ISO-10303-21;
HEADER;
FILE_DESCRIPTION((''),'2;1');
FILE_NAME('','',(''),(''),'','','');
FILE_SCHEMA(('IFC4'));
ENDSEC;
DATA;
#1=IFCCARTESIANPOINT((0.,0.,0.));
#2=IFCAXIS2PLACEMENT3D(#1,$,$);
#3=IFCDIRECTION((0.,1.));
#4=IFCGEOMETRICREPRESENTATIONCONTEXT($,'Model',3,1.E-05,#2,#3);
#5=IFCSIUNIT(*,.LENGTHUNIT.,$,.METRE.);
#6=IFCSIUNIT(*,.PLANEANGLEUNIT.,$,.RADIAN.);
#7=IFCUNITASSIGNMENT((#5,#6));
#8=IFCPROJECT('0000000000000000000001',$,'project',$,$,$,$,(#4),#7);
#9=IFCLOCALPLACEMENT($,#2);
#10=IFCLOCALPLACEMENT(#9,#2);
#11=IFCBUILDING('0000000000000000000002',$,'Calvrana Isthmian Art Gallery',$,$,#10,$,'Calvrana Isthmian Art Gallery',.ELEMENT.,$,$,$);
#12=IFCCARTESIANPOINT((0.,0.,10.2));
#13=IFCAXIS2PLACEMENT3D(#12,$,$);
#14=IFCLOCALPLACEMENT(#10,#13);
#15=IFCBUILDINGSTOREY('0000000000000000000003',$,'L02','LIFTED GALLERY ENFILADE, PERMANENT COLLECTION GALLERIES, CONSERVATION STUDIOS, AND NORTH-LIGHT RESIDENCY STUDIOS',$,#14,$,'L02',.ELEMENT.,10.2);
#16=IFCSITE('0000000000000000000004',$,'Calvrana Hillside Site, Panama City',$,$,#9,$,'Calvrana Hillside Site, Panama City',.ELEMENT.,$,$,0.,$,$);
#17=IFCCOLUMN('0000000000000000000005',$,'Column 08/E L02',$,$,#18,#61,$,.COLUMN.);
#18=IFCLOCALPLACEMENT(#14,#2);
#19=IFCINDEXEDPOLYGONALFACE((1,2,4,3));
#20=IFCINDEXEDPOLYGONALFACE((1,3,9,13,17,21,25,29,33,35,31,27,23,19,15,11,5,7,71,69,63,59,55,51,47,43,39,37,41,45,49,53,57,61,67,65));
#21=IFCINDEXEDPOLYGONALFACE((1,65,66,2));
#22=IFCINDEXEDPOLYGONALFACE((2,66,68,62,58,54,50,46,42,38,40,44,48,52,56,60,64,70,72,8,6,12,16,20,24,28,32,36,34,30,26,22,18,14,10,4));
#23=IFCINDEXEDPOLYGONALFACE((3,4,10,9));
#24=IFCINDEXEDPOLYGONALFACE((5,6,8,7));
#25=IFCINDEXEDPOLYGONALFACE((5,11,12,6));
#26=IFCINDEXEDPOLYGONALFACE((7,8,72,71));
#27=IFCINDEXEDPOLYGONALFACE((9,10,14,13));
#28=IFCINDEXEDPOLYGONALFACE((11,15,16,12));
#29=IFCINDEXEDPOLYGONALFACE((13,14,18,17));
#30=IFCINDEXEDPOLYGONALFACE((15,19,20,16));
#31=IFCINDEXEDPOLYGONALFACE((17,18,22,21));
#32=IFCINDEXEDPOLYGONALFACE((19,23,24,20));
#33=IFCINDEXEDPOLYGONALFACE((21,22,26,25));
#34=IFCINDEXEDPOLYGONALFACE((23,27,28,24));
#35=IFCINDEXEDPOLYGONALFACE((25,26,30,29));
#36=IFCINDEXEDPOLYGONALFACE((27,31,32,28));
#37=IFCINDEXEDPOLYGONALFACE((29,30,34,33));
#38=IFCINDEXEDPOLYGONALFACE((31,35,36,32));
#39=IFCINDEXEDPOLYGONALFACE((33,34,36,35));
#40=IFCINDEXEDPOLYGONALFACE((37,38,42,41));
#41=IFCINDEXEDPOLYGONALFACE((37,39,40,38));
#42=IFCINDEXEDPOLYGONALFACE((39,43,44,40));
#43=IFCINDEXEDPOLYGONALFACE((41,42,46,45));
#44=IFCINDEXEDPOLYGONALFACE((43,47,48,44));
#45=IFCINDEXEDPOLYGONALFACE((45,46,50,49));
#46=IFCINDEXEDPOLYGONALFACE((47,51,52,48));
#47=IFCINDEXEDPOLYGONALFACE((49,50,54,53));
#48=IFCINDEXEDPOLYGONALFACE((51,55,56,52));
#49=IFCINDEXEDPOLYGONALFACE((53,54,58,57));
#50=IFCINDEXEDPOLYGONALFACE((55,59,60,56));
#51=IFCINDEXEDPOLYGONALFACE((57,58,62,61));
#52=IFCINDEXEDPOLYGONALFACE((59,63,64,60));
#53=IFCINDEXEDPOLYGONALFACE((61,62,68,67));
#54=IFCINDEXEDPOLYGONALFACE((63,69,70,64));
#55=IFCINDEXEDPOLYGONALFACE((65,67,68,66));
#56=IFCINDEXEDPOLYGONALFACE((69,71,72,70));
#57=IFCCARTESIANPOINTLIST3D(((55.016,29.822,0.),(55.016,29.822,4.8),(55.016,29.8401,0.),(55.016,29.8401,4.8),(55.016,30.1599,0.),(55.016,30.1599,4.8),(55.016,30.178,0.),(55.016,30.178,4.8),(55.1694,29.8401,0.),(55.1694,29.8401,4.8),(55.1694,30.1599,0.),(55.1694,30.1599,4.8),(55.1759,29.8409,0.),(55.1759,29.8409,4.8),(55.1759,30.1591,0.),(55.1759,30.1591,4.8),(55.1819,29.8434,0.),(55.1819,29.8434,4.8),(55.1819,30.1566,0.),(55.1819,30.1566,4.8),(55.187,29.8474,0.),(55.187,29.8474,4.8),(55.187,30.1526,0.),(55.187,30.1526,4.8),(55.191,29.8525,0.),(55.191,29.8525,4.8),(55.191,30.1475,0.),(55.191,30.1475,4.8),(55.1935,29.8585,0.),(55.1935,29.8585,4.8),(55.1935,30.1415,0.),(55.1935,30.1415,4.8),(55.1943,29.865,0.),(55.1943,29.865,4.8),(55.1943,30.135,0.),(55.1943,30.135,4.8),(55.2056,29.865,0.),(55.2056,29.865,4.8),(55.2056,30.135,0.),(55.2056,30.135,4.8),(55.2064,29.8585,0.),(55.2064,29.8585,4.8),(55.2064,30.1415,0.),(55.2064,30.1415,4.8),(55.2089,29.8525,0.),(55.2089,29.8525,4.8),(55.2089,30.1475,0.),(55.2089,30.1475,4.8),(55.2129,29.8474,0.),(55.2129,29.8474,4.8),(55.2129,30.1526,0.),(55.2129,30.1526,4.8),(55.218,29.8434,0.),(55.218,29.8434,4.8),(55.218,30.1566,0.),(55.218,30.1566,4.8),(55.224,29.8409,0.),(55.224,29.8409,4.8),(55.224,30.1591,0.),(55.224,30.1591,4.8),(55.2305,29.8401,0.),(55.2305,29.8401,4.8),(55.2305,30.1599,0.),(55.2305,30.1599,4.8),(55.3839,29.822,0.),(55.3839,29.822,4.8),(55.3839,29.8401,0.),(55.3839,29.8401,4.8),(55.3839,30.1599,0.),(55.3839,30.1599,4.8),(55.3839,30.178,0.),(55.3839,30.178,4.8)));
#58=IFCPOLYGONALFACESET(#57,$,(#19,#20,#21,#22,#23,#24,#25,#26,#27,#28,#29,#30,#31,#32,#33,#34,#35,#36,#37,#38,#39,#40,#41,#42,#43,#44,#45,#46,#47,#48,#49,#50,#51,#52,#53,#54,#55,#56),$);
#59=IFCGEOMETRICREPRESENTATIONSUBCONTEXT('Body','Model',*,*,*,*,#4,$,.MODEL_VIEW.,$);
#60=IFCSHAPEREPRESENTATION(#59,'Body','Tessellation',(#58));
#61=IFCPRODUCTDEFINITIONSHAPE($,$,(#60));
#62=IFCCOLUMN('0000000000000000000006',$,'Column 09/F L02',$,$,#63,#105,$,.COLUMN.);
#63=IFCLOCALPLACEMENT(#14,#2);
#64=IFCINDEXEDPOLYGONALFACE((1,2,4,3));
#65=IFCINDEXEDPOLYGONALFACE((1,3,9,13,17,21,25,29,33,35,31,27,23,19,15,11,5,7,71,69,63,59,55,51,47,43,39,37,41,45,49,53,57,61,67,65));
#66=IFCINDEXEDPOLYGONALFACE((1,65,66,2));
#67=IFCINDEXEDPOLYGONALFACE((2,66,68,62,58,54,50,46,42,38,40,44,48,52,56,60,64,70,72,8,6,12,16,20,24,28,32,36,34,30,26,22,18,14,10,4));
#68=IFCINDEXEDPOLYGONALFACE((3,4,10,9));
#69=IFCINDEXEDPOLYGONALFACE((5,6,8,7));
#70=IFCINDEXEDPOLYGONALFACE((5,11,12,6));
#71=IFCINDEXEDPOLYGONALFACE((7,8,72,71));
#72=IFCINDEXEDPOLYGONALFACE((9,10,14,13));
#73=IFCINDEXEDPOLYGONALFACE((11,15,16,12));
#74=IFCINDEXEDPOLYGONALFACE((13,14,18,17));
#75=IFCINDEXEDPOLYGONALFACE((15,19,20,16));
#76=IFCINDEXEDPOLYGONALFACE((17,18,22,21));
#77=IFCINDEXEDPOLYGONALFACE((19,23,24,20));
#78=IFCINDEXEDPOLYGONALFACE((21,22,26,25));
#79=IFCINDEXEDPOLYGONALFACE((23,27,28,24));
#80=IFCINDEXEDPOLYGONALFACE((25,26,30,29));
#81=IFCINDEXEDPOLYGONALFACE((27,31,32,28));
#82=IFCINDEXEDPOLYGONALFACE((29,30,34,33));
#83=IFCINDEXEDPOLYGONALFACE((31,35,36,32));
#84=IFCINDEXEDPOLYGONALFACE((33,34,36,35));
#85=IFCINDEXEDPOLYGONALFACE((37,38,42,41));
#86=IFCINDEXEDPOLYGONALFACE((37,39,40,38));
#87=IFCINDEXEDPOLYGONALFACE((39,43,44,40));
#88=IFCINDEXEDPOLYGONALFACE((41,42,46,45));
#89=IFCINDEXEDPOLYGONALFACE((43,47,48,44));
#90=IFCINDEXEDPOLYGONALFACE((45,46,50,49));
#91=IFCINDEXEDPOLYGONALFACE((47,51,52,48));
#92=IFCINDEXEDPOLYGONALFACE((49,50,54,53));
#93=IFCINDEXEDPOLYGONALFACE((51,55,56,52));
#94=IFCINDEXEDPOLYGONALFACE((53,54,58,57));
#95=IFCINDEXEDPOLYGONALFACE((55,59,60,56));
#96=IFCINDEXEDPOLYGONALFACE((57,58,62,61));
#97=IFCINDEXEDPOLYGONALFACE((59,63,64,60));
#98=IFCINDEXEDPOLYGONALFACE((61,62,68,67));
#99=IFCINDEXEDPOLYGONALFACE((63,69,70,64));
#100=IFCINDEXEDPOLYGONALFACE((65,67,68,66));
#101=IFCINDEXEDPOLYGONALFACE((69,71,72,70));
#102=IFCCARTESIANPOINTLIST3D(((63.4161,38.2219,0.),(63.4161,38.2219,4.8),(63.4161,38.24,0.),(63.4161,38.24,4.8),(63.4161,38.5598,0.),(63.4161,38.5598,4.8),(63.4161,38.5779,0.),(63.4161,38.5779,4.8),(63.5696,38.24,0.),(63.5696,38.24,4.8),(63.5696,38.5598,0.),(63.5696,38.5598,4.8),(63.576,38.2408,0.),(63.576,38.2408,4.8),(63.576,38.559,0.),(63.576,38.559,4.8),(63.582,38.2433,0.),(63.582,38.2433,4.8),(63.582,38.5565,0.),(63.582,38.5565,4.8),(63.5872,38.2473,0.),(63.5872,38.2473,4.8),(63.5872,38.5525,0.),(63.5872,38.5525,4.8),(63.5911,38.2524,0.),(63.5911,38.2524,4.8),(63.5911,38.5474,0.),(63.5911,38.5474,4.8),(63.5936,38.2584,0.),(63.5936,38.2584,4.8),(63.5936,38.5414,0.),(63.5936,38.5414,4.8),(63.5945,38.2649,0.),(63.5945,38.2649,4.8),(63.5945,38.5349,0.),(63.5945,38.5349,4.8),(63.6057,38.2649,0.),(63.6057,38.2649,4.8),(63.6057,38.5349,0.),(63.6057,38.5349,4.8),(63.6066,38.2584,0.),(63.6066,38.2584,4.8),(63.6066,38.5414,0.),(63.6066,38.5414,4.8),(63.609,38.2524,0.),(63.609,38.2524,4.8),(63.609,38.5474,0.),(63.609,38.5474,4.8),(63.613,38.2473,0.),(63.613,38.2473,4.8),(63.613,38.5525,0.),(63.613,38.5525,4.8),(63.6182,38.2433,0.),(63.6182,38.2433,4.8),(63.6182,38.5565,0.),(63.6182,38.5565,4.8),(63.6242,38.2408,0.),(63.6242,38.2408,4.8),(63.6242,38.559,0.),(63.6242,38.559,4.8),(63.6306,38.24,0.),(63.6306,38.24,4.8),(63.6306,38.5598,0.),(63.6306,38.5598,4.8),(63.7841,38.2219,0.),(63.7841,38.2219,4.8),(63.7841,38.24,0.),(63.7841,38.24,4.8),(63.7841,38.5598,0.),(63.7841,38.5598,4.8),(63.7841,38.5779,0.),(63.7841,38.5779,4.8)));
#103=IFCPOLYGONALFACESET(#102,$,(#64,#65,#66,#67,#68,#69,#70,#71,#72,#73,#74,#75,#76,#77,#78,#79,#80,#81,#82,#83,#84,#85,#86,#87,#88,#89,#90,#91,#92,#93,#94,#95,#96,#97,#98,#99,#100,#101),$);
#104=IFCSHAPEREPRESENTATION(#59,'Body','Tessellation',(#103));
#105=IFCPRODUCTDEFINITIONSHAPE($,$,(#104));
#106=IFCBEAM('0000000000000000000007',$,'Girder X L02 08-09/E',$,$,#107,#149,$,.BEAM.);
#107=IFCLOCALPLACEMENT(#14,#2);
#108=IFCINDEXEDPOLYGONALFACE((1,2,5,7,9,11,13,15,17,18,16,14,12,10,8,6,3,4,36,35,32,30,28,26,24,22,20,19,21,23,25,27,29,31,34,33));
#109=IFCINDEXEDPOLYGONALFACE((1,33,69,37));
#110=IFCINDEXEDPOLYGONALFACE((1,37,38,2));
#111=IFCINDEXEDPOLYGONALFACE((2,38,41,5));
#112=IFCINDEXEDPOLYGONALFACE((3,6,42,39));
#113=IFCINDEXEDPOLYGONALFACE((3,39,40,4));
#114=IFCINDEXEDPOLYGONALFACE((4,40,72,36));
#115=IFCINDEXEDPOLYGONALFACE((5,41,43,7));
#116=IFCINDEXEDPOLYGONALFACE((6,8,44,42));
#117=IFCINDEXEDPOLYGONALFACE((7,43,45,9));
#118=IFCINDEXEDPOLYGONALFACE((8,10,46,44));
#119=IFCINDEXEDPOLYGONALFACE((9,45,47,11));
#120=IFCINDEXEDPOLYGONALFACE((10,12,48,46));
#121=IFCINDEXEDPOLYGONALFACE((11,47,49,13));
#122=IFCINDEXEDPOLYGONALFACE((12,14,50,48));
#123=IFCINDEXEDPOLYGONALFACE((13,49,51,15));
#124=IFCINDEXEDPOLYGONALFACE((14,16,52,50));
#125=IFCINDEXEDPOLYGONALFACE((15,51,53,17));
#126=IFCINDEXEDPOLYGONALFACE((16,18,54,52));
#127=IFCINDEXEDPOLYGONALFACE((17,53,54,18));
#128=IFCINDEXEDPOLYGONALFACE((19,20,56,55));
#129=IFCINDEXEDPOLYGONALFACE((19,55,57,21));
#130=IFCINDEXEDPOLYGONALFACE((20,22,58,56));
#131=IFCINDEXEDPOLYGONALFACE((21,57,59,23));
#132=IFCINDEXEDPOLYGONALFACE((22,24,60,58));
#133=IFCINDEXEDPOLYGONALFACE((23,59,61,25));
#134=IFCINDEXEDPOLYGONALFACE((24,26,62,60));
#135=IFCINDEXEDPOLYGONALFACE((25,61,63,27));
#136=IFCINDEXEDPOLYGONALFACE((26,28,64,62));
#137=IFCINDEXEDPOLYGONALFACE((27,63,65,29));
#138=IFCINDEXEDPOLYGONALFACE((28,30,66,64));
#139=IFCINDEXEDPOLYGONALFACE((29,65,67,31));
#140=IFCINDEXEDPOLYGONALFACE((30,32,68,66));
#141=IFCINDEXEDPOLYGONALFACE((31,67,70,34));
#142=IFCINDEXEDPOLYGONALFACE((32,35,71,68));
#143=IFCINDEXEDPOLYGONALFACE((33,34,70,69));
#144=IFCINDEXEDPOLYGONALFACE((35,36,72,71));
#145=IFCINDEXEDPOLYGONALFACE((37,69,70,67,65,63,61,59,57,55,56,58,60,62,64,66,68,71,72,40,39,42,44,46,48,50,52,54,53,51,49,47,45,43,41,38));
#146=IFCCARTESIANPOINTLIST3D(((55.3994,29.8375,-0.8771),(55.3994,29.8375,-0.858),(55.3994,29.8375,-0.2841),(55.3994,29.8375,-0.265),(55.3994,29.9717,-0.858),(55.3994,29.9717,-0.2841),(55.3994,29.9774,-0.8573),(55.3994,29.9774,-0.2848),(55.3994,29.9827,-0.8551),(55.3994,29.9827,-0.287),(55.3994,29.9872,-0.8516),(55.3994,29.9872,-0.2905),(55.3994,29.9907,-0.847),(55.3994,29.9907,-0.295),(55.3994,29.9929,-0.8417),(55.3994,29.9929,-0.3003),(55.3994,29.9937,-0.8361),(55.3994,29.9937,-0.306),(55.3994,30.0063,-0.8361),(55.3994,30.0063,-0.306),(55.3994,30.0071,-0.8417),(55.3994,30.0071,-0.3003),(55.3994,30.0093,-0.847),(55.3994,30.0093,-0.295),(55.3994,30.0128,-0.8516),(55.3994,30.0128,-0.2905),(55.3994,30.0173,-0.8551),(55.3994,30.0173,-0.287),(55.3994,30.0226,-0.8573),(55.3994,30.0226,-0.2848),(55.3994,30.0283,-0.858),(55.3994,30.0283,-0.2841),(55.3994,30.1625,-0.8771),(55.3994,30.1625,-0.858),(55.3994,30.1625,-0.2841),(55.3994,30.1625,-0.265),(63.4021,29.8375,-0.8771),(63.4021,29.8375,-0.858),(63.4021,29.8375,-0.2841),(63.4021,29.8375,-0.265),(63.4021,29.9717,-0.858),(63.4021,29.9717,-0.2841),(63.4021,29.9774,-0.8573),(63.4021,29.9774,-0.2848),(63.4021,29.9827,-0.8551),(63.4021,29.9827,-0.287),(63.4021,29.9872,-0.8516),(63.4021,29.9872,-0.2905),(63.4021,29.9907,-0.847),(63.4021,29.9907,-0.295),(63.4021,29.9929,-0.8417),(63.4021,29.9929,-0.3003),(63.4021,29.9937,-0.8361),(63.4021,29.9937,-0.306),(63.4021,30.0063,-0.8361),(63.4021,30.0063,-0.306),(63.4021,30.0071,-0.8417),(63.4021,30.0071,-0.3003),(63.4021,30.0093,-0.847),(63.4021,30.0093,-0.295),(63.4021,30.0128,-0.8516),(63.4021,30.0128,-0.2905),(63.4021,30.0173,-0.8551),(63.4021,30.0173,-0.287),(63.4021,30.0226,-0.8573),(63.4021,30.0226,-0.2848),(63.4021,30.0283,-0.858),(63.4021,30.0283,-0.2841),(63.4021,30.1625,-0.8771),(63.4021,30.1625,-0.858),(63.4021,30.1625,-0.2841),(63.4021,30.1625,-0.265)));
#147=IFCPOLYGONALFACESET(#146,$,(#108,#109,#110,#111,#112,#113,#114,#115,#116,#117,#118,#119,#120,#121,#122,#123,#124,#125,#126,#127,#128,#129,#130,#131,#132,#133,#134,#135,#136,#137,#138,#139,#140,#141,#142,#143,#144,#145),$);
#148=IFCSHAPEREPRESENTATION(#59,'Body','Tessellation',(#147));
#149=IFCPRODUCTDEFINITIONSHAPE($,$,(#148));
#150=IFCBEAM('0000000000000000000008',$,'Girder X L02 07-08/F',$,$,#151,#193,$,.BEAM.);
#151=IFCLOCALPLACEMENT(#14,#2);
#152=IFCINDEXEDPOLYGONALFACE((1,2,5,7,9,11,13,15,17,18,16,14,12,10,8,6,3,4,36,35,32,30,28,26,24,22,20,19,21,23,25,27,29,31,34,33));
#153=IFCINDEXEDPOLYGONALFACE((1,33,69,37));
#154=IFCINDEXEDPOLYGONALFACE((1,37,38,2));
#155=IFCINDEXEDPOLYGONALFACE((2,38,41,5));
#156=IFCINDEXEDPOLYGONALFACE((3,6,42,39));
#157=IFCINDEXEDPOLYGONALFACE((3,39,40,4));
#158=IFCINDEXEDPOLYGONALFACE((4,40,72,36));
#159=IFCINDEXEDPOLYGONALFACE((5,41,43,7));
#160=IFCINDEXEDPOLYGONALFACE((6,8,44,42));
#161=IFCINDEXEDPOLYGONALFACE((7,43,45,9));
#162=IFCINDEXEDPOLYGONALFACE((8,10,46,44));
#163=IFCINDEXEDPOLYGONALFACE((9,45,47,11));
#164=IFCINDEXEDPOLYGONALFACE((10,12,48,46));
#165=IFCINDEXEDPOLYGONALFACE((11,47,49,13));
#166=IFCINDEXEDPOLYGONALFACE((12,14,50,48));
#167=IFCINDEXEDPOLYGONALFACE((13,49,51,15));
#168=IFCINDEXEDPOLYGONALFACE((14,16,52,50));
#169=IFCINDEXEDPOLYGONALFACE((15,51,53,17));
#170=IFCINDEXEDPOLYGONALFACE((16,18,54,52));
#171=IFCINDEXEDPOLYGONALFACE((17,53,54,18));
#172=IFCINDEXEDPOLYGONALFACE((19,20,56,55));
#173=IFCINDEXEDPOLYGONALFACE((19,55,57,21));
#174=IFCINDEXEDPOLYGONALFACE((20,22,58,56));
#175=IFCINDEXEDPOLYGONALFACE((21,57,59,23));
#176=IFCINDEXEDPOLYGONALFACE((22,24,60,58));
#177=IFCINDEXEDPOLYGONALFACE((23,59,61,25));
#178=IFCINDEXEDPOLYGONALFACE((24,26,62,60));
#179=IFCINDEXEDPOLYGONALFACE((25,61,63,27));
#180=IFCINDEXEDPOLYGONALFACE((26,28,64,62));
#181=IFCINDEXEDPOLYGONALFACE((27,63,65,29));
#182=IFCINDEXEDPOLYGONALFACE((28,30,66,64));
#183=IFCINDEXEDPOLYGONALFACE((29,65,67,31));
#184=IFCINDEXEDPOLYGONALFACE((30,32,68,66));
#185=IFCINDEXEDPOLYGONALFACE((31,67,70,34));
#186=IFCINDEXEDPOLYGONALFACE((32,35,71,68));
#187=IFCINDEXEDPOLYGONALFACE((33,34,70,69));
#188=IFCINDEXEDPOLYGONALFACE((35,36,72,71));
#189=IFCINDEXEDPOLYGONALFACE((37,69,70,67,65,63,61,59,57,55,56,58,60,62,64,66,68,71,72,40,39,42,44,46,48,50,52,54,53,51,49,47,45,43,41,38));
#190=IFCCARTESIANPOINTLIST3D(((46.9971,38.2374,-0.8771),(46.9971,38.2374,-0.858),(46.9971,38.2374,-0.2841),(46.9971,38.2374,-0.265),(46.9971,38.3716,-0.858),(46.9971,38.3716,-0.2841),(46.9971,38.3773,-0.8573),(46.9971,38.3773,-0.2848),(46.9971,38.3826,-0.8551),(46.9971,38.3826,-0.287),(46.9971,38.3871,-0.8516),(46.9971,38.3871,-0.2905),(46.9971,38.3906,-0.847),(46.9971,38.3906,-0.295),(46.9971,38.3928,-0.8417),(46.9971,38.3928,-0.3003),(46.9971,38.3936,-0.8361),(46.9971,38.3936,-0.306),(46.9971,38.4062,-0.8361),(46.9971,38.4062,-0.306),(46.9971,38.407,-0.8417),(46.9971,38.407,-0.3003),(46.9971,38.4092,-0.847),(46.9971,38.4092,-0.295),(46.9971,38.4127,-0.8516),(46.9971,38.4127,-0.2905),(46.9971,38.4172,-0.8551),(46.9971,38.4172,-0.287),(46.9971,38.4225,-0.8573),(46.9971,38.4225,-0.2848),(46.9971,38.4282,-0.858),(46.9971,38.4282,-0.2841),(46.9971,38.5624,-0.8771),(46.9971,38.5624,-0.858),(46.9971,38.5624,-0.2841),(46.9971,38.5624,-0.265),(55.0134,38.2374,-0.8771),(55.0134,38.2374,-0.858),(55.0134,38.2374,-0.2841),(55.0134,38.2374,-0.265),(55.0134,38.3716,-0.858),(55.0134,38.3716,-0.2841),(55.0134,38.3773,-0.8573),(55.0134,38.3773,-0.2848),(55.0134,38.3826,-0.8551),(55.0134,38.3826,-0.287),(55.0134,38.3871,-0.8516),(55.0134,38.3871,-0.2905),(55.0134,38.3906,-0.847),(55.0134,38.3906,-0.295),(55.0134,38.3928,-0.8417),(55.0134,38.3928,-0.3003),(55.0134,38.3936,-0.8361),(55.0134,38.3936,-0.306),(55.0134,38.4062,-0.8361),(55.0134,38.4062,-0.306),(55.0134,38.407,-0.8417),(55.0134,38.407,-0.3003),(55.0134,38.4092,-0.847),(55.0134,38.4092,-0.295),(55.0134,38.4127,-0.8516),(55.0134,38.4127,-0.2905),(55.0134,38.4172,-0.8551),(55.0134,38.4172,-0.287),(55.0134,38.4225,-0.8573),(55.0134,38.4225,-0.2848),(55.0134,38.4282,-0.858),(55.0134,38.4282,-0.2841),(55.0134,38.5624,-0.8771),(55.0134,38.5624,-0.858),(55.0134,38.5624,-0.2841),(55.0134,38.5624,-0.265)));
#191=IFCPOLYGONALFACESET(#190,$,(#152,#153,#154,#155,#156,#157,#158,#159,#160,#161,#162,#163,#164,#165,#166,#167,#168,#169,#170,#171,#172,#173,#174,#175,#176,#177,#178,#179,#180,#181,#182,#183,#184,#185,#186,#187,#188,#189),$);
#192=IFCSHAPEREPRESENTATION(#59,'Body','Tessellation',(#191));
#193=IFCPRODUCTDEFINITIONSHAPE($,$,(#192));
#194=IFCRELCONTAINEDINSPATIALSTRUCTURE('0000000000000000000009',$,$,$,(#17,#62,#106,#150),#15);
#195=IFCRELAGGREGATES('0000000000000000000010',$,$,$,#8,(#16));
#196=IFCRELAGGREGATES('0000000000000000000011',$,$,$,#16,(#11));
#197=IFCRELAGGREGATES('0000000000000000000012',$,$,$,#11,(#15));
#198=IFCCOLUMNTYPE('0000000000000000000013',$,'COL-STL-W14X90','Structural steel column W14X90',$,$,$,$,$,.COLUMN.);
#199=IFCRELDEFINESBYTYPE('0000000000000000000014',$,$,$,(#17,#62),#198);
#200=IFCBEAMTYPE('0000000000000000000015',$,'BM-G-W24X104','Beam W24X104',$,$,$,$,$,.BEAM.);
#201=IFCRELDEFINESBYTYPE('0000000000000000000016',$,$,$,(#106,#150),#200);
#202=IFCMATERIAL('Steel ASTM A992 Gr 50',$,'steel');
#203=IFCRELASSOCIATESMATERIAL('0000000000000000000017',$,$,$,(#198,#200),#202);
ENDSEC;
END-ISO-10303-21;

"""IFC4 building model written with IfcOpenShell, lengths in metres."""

from ifc_helpers import new_model, si_unit, direction, frame, origin, origin_2d, place, context, subcontext, project, spatial, i_section, extrude, material, material_profile, profile_set, type_object, element, save


model = new_model("IFC4")

# Units and contexts
model_context = context("Model", 3, precision=1e-05, world=origin(), true_north=direction((0.0, 1.0)))
body_context = subcontext(model_context, "Body", "Model", "MODEL_VIEW")
ifc_project = project(units=[si_unit("LENGTHUNIT", "METRE"), si_unit("PLANEANGLEUNIT", "RADIAN")], contexts=[model_context])

# Site, building, storey
site_placement = place(None, origin())
site = spatial("IfcSite", under=ifc_project, at=site_placement, Name="Calvrana Hillside Site, Panama City", LongName="Calvrana Hillside Site, Panama City", CompositionType="ELEMENT", RefElevation=0.0)
building_placement = place(site_placement, origin())
building = spatial("IfcBuilding", under=site, at=building_placement, Name="Calvrana Isthmian Art Gallery", LongName="Calvrana Isthmian Art Gallery", CompositionType="ELEMENT")
storey_placement = place(building_placement, frame((0.0, 0.0, 10.2)))
storey = spatial("IfcBuildingStorey", under=building, at=storey_placement, Name="L02", Description="LIFTED GALLERY ENFILADE, PERMANENT COLLECTION GALLERIES, CONSERVATION STUDIOS, AND NORTH-LIGHT RESIDENCY STUDIOS", LongName="L02", CompositionType="ELEMENT", Elevation=10.2)

# Columns
ifc_material_1 = material(Name="Steel ASTM A992 Gr 50", Category="steel")
ifc_material_profile_1 = material_profile(ifc_material_1, i_section(OverallWidth=0.3679, OverallDepth=0.356, WebThickness=0.0112, FlangeThickness=0.0181, FilletRadius=0.0249, at=origin_2d()), Name="W14X90")
ifc_profile_set_1 = profile_set([ifc_material_profile_1], Name="Steel ASTM A992 Gr 50")
column_type_1 = type_object("IfcColumnType", Name="COL-STL-W14X90", Description="Structural steel column W14X90", PredefinedType="COLUMN", material=ifc_profile_set_1)
for number, where, z_axis, x_axis, name in (
    (1, (55.2, 30.0, 0.0), (0.0, 0.0, 1.0), (1.0, 0.0, 0.0), "Column 08/E L02"),
    (2, (63.6001, 38.3999, 0.0), (0.0, 0.0, 1.0), (1.0, 0.0, 0.0), "Column 09/F L02"),
):
    element("IfcColumn", number, at=place(storey_placement, frame(where, z_axis=z_axis, x_axis=x_axis)), inside=storey, type_object=column_type_1, Name=name, PredefinedType="COLUMN", context=body_context, shape_type="SweptSolid", body=[
        extrude(i_section(OverallWidth=0.3679, OverallDepth=0.356, WebThickness=0.0112, FlangeThickness=0.0181, FilletRadius=0.0249, at=origin_2d()), origin(), (0.0, 0.0, 1.0), 4.8),
    ])

# Beams
ifc_material_profile_2 = material_profile(ifc_material_1, i_section(OverallWidth=0.325, OverallDepth=0.6121, WebThickness=0.0127, FlangeThickness=0.019, FilletRadius=0.022, at=origin_2d()), Name="W24X104")
ifc_profile_set_2 = profile_set([ifc_material_profile_2], Name="Steel ASTM A992 Gr 50")
beam_type_1 = type_object("IfcBeamType", Name="BM-G-W24X104", Description="Beam W24X104", PredefinedType="BEAM", material=ifc_profile_set_2)
beam_1_placement = place(storey_placement, frame((55.3994, 30.0, -0.571), z_axis=(1.0, 0.0, 0.0), x_axis=(0.0, 1.0, 0.0)))
element("IfcBeam", 3, at=beam_1_placement, inside=storey, type_object=beam_type_1, Name="Girder X L02 08-09/E", PredefinedType="BEAM", context=body_context, shape_type="SweptSolid", body=[
    extrude(i_section(OverallWidth=0.325, OverallDepth=0.6121, WebThickness=0.0127, FlangeThickness=0.019, FilletRadius=0.022, at=origin_2d()), origin(), (0.0, 0.0, 1.0), 8.0027),
])
beam_2_placement = place(storey_placement, frame((46.9971, 38.3999, -0.571), z_axis=(1.0, 0.0, 0.0), x_axis=(0.0, 1.0, 0.0)))
element("IfcBeam", 4, at=beam_2_placement, inside=storey, type_object=beam_type_1, Name="Girder X L02 07-08/F", PredefinedType="BEAM", context=body_context, shape_type="SweptSolid", body=[
    extrude(i_section(OverallWidth=0.325, OverallDepth=0.6121, WebThickness=0.0127, FlangeThickness=0.019, FilletRadius=0.022, at=origin_2d()), origin(), (0.0, 0.0, 1.0), 8.0164),
])

save(model, "model.ifc")
